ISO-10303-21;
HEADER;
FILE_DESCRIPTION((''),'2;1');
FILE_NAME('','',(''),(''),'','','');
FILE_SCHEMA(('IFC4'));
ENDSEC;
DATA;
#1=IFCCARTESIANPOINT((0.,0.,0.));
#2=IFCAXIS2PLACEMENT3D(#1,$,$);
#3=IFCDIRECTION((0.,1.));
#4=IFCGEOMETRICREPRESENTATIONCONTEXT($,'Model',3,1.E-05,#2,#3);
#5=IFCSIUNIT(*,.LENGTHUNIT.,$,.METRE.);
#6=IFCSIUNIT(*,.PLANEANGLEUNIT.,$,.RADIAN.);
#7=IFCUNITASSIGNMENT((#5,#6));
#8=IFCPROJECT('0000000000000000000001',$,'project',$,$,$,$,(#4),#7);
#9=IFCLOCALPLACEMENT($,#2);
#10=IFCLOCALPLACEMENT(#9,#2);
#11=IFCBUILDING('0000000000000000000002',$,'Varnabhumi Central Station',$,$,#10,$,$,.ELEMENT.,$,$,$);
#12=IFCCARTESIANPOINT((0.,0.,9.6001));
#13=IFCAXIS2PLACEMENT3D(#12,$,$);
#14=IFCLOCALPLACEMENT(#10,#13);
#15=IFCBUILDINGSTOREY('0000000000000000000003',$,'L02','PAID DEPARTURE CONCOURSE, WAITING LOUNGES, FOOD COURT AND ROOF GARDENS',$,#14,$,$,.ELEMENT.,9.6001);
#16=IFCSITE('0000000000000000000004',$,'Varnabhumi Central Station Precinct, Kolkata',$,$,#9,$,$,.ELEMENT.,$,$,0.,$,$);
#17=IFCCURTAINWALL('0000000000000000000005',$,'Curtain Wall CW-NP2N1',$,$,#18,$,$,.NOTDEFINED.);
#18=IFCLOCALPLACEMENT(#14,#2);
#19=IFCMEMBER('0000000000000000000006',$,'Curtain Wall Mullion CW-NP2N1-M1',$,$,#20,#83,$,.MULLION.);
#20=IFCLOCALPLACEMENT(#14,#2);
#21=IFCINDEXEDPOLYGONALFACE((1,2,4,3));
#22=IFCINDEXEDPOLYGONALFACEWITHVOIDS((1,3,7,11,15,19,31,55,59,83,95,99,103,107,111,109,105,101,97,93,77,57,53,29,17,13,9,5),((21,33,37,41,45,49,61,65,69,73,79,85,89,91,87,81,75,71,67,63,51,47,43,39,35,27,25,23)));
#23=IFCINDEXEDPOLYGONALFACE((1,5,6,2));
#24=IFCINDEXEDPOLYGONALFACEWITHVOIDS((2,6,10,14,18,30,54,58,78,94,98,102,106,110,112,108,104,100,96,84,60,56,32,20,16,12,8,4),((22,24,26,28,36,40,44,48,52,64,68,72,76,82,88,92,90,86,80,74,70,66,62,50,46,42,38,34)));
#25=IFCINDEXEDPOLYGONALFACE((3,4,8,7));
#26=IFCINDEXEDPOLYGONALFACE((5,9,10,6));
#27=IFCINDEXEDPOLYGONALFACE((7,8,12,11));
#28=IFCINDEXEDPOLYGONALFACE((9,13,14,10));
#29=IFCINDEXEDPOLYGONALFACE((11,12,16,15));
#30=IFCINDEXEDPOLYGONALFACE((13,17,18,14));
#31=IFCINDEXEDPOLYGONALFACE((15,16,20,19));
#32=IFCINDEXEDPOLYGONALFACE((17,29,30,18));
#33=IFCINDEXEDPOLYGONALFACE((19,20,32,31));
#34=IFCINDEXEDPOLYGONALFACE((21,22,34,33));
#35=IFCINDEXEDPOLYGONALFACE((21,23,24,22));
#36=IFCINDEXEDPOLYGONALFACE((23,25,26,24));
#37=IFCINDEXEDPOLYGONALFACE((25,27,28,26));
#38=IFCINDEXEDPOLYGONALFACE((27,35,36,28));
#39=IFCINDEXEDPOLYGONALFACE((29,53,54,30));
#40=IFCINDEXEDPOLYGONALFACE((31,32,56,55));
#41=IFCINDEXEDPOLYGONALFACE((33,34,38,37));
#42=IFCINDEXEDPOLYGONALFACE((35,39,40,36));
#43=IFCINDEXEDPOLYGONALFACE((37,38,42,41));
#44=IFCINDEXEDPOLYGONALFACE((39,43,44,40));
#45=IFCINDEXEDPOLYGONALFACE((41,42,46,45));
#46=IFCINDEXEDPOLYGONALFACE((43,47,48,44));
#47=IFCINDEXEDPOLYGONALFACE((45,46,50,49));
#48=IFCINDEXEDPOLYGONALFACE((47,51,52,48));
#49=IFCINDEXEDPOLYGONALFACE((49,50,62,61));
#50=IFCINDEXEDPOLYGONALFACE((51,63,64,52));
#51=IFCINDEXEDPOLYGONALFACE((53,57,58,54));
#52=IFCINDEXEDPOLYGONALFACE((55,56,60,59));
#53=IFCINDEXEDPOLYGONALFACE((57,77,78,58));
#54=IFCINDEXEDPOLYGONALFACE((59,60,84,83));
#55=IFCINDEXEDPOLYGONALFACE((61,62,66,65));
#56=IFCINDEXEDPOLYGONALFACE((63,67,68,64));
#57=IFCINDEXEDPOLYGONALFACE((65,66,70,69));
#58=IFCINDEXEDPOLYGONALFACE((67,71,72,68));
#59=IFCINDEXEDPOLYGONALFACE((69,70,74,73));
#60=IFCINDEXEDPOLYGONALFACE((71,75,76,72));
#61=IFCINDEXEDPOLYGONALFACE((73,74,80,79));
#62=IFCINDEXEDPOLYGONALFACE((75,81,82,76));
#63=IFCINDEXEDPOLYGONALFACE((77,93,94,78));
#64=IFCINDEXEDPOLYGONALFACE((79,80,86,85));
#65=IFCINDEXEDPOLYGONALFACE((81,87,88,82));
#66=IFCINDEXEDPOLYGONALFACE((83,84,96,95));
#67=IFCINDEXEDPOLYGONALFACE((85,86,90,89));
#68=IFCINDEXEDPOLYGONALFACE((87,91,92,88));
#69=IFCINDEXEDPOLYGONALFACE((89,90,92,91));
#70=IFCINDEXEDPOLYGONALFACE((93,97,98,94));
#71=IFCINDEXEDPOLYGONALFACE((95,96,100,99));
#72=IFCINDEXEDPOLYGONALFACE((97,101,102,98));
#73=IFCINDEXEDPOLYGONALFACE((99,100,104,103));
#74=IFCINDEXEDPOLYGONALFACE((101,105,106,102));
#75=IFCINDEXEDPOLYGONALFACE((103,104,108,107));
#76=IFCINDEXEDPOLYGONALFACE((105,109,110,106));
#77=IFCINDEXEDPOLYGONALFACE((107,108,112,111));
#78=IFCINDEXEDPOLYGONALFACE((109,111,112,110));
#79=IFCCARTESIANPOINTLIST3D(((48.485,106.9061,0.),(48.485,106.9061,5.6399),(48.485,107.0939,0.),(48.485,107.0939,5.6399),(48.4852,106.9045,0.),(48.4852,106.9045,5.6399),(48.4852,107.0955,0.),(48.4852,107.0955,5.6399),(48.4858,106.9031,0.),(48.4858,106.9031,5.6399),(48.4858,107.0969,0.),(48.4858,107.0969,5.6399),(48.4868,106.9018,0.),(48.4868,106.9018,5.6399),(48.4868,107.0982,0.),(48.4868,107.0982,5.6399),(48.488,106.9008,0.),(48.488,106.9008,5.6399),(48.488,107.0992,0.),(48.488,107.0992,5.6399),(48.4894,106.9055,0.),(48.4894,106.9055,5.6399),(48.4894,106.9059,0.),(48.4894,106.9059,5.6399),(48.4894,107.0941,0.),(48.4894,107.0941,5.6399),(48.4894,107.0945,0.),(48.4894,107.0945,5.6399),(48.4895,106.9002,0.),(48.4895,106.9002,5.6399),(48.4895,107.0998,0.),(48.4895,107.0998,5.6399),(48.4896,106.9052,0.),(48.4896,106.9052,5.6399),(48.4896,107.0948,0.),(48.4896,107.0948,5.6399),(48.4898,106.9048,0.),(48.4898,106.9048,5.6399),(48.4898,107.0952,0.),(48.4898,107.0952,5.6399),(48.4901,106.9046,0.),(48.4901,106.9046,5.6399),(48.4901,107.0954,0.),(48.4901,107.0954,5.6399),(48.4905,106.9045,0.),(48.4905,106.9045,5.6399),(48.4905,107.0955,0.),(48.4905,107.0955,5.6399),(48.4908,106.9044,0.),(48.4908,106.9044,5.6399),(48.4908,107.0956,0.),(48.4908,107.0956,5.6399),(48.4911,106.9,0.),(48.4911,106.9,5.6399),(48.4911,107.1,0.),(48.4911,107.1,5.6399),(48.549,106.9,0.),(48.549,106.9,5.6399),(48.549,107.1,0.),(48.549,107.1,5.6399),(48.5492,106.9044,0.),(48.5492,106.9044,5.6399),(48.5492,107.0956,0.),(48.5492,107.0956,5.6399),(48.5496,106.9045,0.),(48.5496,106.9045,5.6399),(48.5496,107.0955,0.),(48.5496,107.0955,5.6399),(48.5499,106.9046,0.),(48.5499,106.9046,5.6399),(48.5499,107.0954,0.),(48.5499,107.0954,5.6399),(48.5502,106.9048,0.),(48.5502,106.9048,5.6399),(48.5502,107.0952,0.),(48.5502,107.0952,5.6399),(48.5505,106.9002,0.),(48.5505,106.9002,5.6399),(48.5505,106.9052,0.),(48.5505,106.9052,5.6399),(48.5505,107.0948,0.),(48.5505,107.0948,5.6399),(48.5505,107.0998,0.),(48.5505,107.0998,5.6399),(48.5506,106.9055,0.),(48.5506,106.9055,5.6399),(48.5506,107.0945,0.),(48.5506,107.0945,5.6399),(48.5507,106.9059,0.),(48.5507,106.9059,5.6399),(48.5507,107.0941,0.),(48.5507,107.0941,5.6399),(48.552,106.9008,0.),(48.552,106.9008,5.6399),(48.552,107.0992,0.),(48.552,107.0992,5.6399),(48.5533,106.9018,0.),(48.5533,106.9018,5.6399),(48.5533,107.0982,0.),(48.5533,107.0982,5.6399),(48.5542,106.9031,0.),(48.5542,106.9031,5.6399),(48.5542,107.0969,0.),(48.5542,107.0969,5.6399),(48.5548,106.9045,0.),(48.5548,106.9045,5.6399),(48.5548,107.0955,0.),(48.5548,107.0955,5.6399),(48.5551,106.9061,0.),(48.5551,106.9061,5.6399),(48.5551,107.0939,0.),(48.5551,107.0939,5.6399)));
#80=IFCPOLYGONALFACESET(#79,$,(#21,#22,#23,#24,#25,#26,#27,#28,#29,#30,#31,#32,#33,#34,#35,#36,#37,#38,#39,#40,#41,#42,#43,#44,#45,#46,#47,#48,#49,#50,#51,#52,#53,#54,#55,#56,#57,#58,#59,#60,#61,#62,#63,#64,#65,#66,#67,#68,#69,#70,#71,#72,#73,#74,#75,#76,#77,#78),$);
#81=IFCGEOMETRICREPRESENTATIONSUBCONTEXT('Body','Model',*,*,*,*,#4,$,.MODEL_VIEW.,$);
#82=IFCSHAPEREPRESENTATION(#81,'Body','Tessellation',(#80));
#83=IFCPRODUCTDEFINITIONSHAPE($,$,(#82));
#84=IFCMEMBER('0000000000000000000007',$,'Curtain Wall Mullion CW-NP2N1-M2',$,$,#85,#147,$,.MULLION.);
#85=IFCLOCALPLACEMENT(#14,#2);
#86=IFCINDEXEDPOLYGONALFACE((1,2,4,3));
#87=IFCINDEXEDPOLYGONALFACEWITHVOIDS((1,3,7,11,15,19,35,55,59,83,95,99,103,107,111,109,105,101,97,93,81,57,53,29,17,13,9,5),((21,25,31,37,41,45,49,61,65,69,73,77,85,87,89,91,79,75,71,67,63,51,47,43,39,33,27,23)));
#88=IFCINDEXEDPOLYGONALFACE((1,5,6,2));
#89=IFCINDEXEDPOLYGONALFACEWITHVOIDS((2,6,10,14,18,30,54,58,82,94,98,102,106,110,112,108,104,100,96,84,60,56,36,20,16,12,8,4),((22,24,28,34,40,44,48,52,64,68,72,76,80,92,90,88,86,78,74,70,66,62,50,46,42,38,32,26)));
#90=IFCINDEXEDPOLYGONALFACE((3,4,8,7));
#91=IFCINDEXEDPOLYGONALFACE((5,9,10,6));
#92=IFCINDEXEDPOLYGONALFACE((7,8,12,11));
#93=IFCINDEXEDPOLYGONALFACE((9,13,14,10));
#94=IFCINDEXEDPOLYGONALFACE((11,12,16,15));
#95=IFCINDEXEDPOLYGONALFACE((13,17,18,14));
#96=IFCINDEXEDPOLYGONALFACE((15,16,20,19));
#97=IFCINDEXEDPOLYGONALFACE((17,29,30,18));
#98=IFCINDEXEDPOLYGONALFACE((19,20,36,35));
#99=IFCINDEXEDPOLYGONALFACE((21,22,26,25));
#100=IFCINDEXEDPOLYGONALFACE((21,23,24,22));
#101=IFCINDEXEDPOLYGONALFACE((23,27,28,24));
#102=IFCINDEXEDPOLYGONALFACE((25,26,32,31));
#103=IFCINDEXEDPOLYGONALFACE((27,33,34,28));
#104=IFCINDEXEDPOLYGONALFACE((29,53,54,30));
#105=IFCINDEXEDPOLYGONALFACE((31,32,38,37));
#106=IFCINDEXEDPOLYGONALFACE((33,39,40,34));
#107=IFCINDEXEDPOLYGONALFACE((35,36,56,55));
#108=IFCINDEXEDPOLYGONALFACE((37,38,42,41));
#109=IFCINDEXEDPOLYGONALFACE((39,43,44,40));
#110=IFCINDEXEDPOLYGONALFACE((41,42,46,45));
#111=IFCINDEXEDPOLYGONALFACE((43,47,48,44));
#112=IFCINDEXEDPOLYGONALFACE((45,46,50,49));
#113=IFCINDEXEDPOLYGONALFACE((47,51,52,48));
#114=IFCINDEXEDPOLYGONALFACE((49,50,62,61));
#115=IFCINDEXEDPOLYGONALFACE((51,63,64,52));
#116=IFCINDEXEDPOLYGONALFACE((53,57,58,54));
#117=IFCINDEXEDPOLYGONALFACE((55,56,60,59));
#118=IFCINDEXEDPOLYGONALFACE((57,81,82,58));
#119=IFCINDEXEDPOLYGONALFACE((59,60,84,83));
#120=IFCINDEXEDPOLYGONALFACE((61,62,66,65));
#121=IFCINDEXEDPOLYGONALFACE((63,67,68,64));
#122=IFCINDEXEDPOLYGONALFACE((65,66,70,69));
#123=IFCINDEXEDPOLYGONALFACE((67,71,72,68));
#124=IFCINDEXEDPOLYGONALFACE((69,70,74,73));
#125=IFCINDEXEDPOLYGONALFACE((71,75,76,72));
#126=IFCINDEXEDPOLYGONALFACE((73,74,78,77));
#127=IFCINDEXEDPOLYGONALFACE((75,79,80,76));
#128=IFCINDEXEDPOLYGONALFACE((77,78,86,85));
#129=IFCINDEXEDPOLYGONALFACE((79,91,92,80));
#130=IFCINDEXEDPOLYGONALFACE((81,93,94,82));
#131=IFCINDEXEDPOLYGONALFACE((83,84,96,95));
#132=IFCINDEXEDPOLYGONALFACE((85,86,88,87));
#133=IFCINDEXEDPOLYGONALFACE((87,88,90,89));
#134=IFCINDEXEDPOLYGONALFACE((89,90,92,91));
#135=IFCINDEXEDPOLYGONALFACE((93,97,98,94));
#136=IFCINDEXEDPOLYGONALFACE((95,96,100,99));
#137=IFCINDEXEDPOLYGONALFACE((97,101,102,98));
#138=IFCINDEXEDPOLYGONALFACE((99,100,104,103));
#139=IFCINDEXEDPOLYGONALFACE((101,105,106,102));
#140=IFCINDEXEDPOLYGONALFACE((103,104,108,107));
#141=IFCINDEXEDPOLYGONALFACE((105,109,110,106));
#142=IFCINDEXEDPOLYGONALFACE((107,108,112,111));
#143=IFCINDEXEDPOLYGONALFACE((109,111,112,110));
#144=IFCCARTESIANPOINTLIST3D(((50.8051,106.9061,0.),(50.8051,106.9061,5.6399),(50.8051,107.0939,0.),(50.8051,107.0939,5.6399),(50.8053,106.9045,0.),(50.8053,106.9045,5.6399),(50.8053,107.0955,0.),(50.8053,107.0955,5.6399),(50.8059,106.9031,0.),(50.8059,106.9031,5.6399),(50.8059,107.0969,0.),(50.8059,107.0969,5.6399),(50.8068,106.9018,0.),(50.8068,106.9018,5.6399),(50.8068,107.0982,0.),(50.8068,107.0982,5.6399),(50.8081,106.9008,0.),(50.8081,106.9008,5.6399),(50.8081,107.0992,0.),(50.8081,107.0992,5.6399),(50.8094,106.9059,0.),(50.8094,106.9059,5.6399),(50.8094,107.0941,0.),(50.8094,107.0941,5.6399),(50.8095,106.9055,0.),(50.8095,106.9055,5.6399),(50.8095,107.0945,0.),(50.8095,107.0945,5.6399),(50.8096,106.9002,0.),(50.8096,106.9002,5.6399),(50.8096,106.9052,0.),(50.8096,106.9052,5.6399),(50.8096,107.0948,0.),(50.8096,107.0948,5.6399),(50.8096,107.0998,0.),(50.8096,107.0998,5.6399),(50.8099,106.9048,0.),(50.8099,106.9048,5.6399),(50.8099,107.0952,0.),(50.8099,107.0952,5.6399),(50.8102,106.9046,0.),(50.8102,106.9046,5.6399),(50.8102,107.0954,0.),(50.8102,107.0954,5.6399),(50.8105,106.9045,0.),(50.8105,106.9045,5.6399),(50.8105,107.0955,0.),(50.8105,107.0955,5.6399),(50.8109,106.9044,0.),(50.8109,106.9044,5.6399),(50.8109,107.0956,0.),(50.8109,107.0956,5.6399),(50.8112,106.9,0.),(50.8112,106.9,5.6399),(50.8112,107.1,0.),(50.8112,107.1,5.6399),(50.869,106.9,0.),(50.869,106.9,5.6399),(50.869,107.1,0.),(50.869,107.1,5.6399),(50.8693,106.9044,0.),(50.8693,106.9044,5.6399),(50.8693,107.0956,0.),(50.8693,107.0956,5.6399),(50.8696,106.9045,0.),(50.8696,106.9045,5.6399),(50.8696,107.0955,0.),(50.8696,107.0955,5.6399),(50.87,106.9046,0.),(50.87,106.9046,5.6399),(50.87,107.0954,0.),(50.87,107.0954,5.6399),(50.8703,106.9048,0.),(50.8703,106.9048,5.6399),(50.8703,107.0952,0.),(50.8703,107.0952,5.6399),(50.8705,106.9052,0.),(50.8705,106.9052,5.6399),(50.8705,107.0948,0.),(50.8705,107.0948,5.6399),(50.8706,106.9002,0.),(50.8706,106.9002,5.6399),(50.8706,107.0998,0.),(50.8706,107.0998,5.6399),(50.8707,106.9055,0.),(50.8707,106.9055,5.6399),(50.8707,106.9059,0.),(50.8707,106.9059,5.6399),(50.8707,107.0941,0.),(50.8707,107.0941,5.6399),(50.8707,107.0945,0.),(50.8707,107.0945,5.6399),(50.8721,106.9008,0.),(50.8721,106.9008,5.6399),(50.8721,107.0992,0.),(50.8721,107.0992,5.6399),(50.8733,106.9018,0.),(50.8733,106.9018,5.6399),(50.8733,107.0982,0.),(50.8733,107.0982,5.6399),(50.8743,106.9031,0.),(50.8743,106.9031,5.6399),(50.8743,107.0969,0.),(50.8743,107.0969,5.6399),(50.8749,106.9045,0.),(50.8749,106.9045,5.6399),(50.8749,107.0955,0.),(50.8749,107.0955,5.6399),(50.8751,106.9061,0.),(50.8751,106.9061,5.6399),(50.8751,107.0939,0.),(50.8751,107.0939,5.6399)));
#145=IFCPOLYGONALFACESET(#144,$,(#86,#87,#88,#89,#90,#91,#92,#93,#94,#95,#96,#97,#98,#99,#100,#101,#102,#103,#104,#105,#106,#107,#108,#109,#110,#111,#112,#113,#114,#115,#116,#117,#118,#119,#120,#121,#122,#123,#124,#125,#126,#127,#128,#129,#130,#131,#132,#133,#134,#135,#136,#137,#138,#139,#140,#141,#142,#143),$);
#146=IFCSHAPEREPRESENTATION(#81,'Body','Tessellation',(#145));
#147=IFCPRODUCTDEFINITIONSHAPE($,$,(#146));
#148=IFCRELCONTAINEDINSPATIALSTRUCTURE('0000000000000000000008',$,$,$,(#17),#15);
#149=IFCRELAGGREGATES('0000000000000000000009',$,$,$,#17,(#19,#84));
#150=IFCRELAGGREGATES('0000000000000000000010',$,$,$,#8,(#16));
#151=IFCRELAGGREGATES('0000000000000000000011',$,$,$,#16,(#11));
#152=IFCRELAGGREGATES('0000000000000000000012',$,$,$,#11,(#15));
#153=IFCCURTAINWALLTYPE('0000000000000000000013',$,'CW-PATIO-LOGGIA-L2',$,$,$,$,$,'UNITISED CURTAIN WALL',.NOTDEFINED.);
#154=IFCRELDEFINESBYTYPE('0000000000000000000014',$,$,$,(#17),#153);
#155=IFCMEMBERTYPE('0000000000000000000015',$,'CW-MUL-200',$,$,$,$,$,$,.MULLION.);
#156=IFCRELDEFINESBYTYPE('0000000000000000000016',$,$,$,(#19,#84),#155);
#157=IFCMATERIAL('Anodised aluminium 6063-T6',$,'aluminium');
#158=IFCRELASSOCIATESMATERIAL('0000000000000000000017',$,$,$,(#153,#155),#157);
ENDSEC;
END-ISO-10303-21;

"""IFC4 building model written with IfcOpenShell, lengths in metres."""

from ifc_helpers import new_model, si_unit, direction, frame, origin, origin_2d, place, context, subcontext, project, spatial, hollow_rectangle, extrude, material, material_profile, profile_set, type_object, element, aggregate, save


model = new_model("IFC4")

# Units and contexts
model_context = context("Model", 3, precision=1e-05, world=origin(), true_north=direction((0.0, 1.0)))
body_context = subcontext(model_context, "Body", "Model", "MODEL_VIEW")
ifc_project = project(units=[si_unit("LENGTHUNIT", "METRE"), si_unit("PLANEANGLEUNIT", "RADIAN")], contexts=[model_context])

# Site, building, storey
site_placement = place(None, origin())
site = spatial("IfcSite", under=ifc_project, at=site_placement, Name="Varnabhumi Central Station Precinct, Kolkata", CompositionType="ELEMENT", RefElevation=0.0)
building_placement = place(site_placement, origin())
building = spatial("IfcBuilding", under=site, at=building_placement, Name="Varnabhumi Central Station", CompositionType="ELEMENT")
storey_placement = place(building_placement, frame((0.0, 0.0, 9.6001)))
storey = spatial("IfcBuildingStorey", under=building, at=storey_placement, Name="L02", Description="PAID DEPARTURE CONCOURSE, WAITING LOUNGES, FOOD COURT AND ROOF GARDENS", CompositionType="ELEMENT", Elevation=9.6001)

# Curtain wall, members
ifc_material_1 = material(Name="Anodised aluminium 6063-T6", Category="aluminium")
curtain_wall_type = type_object("IfcCurtainWallType", Name="CW-PATIO-LOGGIA-L2", ElementType="UNITISED CURTAIN WALL", PredefinedType="NOTDEFINED", material=ifc_material_1)
curtain_wall_1_placement = place(storey_placement, origin())
curtain_wall_1 = element("IfcCurtainWall", 1, at=curtain_wall_1_placement, inside=storey, type_object=curtain_wall_type, Name="Curtain Wall CW-NP2N1", PredefinedType="NOTDEFINED")
ifc_material_profile_1 = material_profile(ifc_material_1, hollow_rectangle(XDim=0.0701, YDim=0.2, WallThickness=0.0044, InnerFilletRadius=0.0015, OuterFilletRadius=0.0061, at=origin_2d()), Name="Anodised aluminium 6063-T6", Category="aluminium")
ifc_profile_set_1 = profile_set([ifc_material_profile_1], Name="Anodised aluminium 6063-T6")
member_type_1 = type_object("IfcMemberType", Name="CW-MUL-200", PredefinedType="MULLION", material=ifc_profile_set_1)
member_1_placement = place(storey_placement, frame((48.52, 107.0, 0.0), z_axis=(0.0, 0.0, 1.0), x_axis=(1.0, 0.0, 0.0)))
member_1 = element("IfcMember", 2, at=member_1_placement, type_object=member_type_1, Name="Curtain Wall Mullion CW-NP2N1-M1", PredefinedType="MULLION", context=body_context, shape_type="SweptSolid", body=[
    extrude(hollow_rectangle(XDim=0.0701, YDim=0.2, WallThickness=0.0044, InnerFilletRadius=0.0015, OuterFilletRadius=0.0061, at=origin_2d()), origin(), (0.0, 0.0, 1.0), 5.6399),
])
member_2_placement = place(storey_placement, frame((50.8401, 107.0, 0.0), z_axis=(0.0, 0.0, 1.0), x_axis=(1.0, 0.0, 0.0)))
member_2 = element("IfcMember", 3, at=member_2_placement, type_object=member_type_1, Name="Curtain Wall Mullion CW-NP2N1-M2", PredefinedType="MULLION", context=body_context, shape_type="SweptSolid", body=[
    extrude(hollow_rectangle(XDim=0.0701, YDim=0.2, WallThickness=0.0044, InnerFilletRadius=0.0015, OuterFilletRadius=0.0061, at=origin_2d()), origin(), (0.0, 0.0, 1.0), 5.6399),
])

aggregate(curtain_wall_1, [member_1, member_2])

save(model, "model.ifc")
